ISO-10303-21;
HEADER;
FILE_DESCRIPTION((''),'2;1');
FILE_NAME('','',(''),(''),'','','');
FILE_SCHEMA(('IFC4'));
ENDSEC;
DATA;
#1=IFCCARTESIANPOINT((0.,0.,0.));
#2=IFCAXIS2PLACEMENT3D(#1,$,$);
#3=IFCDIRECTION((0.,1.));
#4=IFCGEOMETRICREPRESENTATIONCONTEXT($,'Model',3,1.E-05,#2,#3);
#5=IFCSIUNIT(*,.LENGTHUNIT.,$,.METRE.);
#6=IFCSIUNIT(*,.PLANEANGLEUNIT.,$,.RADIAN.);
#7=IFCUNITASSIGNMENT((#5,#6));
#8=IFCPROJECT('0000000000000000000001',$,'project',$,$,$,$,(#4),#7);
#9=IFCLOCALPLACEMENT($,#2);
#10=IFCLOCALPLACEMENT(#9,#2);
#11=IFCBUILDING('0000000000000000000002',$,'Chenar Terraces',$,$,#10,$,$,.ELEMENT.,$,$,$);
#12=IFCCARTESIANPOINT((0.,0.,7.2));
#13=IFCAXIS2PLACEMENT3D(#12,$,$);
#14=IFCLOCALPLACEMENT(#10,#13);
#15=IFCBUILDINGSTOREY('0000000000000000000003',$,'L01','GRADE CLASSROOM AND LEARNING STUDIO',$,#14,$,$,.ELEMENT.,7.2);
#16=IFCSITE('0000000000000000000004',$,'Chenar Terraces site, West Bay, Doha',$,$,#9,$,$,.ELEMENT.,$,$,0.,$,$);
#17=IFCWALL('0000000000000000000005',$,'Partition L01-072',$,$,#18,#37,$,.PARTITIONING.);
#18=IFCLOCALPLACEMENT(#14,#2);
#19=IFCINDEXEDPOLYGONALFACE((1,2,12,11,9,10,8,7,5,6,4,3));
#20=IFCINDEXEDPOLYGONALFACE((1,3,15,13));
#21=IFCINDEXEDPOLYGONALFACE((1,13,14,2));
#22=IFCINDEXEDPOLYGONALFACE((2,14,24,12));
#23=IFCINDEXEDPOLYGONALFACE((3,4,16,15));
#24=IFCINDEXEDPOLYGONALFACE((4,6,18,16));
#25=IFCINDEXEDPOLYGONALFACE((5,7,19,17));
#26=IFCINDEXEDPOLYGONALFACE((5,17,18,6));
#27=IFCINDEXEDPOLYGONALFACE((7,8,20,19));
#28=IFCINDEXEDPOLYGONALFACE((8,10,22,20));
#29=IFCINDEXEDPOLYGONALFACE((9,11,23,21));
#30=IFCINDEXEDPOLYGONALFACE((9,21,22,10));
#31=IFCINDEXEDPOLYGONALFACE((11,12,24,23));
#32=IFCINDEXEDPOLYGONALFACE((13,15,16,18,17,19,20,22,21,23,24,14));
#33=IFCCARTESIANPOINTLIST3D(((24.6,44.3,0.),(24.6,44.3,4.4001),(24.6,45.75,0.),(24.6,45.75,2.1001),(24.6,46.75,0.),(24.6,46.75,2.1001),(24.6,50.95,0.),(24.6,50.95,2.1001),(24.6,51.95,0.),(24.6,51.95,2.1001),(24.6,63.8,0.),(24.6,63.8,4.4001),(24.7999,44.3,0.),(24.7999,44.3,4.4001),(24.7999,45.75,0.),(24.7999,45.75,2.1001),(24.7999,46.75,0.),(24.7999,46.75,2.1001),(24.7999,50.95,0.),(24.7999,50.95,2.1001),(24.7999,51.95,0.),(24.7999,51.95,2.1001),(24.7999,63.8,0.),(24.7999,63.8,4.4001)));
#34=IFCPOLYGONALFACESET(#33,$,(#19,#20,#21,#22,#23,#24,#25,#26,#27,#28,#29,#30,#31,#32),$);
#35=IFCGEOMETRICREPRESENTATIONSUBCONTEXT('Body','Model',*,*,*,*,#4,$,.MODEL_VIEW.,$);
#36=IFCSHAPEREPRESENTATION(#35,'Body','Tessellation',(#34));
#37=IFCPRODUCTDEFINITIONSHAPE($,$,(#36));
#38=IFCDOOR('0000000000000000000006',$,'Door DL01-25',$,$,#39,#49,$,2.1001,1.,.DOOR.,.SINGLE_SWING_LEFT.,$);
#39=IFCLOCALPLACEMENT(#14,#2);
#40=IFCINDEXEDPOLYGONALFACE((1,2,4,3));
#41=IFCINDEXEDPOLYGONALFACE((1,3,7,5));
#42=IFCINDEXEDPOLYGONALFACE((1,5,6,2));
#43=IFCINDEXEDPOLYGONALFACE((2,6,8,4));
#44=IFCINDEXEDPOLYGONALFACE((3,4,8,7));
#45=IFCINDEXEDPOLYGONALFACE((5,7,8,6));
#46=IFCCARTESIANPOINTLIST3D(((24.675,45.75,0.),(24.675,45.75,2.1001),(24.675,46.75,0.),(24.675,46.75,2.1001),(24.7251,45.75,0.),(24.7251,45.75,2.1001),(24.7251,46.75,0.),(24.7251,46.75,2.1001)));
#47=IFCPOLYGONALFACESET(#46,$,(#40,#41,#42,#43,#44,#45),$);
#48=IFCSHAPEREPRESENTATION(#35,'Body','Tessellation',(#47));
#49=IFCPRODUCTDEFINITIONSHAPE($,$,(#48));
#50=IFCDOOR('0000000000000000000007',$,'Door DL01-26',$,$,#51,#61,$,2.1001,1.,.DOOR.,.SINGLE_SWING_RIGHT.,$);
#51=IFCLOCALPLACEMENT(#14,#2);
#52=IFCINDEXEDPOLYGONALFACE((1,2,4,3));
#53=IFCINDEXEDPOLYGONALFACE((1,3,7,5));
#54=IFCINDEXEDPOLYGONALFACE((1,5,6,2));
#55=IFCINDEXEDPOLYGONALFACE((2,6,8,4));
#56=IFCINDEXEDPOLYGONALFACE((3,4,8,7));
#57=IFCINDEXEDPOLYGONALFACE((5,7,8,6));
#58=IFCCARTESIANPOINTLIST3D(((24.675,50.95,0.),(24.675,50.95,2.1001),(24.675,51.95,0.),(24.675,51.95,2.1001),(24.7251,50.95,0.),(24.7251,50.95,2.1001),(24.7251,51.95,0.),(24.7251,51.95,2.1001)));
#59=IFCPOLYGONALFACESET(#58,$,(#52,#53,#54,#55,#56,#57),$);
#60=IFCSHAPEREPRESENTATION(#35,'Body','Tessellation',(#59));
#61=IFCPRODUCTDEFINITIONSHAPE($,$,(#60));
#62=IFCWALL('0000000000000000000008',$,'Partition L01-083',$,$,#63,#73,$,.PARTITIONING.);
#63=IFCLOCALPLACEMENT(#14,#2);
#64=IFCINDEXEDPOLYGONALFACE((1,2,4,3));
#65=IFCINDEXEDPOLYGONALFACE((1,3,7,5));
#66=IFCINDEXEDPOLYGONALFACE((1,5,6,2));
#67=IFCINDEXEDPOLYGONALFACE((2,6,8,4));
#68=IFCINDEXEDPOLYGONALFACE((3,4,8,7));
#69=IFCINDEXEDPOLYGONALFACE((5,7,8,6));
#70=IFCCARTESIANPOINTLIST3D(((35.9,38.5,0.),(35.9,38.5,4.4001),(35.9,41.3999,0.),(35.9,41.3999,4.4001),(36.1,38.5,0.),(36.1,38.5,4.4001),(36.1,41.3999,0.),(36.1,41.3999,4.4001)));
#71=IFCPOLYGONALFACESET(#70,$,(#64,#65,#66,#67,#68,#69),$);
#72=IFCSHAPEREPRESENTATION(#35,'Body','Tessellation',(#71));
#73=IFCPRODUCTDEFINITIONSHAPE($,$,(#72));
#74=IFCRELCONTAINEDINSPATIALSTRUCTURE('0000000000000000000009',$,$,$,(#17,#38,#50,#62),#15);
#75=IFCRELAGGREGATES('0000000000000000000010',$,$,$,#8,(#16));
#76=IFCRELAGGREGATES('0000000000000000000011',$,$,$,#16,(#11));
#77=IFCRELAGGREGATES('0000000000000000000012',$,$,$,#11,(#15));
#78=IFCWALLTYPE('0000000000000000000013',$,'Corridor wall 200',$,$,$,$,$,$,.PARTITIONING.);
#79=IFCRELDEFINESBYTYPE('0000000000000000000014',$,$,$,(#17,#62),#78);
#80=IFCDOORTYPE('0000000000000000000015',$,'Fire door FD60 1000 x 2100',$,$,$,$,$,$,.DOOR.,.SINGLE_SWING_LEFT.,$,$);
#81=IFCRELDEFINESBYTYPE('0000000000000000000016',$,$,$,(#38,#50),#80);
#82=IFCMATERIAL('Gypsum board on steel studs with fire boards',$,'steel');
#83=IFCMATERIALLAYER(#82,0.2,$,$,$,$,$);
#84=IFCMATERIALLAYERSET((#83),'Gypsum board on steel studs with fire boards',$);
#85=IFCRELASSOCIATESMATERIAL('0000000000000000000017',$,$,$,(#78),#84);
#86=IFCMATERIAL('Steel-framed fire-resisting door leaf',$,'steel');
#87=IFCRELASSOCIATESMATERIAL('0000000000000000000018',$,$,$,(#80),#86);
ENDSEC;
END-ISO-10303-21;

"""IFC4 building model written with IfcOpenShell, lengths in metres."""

from ifc_helpers import new_model, si_unit, direction, frame, frame_2d, origin, place, context, subcontext, project, spatial, rectangle, extrude, material, layer, layer_set, type_object, element, fill, save


model = new_model("IFC4")

# Units and contexts
model_context = context("Model", 3, precision=1e-05, world=origin(), true_north=direction((0.0, 1.0)))
body_context = subcontext(model_context, "Body", "Model", "MODEL_VIEW")
ifc_project = project(units=[si_unit("LENGTHUNIT", "METRE"), si_unit("PLANEANGLEUNIT", "RADIAN")], contexts=[model_context])

# Site, building, storey
site_placement = place(None, origin())
site = spatial("IfcSite", under=ifc_project, at=site_placement, Name="Chenar Terraces site, West Bay, Doha", CompositionType="ELEMENT", RefElevation=0.0)
building_placement = place(site_placement, origin())
building = spatial("IfcBuilding", under=site, at=building_placement, Name="Chenar Terraces", CompositionType="ELEMENT")
storey_placement = place(building_placement, frame((0.0, 0.0, 7.2)))
storey = spatial("IfcBuildingStorey", under=building, at=storey_placement, Name="L01", Description="GRADE CLASSROOM AND LEARNING STUDIO", CompositionType="ELEMENT", Elevation=7.2)

# Wall, openings, doors
ifc_material_1 = material(Name="Gypsum board on steel studs with fire boards", Category="steel")
ifc_layer_1 = layer(ifc_material_1, 0.2)
ifc_layer_set_1 = layer_set([ifc_layer_1], Name="Gypsum board on steel studs with fire boards")
wall_type_1 = type_object("IfcWallType", Name="Corridor wall 200", PredefinedType="PARTITIONING", material=ifc_layer_set_1)
wall_1_placement = place(storey_placement, frame((24.7, 44.3, 0.0), z_axis=(0.0, 0.0, 1.0), x_axis=(0.0, 1.0, 0.0)))
wall_1 = element("IfcWall", 1, at=wall_1_placement, inside=storey, type_object=wall_type_1, Name="Partition L01-072", PredefinedType="PARTITIONING", context=body_context, shape_type="SweptSolid", body=[
    extrude(rectangle(XDim=19.5, YDim=0.2, at=frame_2d((9.75, 0.0))), origin(), (0.0, 0.0, 1.0), 4.4001),
])
opening_1_placement = place(wall_1_placement, frame((1.45, 0.0, 0.0)))
opening_1 = element("IfcOpeningElement", 2, at=opening_1_placement, cuts=wall_1, PredefinedType="OPENING", context=body_context, shape_type="SweptSolid", body=[
    extrude(rectangle(XDim=1.0, YDim=2.1001, at=frame_2d((0.5, 1.05))), frame((0.0, 0.1099, 0.0), z_axis=(0.0, -1.0, 0.0), x_axis=(1.0, 0.0, 0.0)), (0.0, 0.0, 1.0), 0.22),
])
opening_2_placement = place(wall_1_placement, frame((6.6499, 0.0, 0.0)))
opening_2 = element("IfcOpeningElement", 3, at=opening_2_placement, cuts=wall_1, PredefinedType="OPENING", context=body_context, shape_type="SweptSolid", body=[
    extrude(rectangle(XDim=1.0, YDim=2.1001, at=frame_2d((0.5, 1.05))), frame((0.0, 0.1099, 0.0), z_axis=(0.0, -1.0, 0.0), x_axis=(1.0, 0.0, 0.0)), (0.0, 0.0, 1.0), 0.22),
])
ifc_material_2 = material(Name="Steel-framed fire-resisting door leaf", Category="steel")
door_type_1 = type_object("IfcDoorType", Name="Fire door FD60 1000 x 2100", OperationType="SINGLE_SWING_LEFT", PredefinedType="DOOR", material=ifc_material_2)
door_1_placement = place(opening_1_placement, origin())
door_1 = element("IfcDoor", 4, at=door_1_placement, inside=storey, type_object=door_type_1, Name="Door DL01-25", OperationType="SINGLE_SWING_LEFT", OverallHeight=2.1001, OverallWidth=1.0, PredefinedType="DOOR", context=body_context, shape_type="SweptSolid", body=[
    extrude(rectangle(XDim=1.0, YDim=2.1001, at=frame_2d((0.5, 1.05))), frame((0.0, 0.0249, 0.0), z_axis=(0.0, -1.0, 0.0), x_axis=(1.0, 0.0, 0.0)), (0.0, 0.0, 1.0), 0.05),
])
fill(opening_1, door_1)
door_2_placement = place(opening_2_placement, origin())
door_2 = element("IfcDoor", 5, at=door_2_placement, inside=storey, type_object=door_type_1, Name="Door DL01-26", OperationType="SINGLE_SWING_RIGHT", OverallHeight=2.1001, OverallWidth=1.0, PredefinedType="DOOR", context=body_context, shape_type="SweptSolid", body=[
    extrude(rectangle(XDim=1.0, YDim=2.1001, at=frame_2d((0.5, 1.05))), frame((0.0, 0.0249, 0.0), z_axis=(0.0, -1.0, 0.0), x_axis=(1.0, 0.0, 0.0)), (0.0, 0.0, 1.0), 0.05),
])
fill(opening_2, door_2)

# Wall
wall_2_placement = place(storey_placement, frame((36.0, 38.5, 0.0), z_axis=(0.0, 0.0, 1.0), x_axis=(0.0, 1.0, 0.0)))
element("IfcWall", 6, at=wall_2_placement, inside=storey, type_object=wall_type_1, Name="Partition L01-083", PredefinedType="PARTITIONING", context=body_context, shape_type="SweptSolid", body=[
    extrude(rectangle(XDim=2.8999, YDim=0.2, at=frame_2d((1.45, 0.0))), origin(), (0.0, 0.0, 1.0), 4.4001),
])

save(model, "model.ifc")
